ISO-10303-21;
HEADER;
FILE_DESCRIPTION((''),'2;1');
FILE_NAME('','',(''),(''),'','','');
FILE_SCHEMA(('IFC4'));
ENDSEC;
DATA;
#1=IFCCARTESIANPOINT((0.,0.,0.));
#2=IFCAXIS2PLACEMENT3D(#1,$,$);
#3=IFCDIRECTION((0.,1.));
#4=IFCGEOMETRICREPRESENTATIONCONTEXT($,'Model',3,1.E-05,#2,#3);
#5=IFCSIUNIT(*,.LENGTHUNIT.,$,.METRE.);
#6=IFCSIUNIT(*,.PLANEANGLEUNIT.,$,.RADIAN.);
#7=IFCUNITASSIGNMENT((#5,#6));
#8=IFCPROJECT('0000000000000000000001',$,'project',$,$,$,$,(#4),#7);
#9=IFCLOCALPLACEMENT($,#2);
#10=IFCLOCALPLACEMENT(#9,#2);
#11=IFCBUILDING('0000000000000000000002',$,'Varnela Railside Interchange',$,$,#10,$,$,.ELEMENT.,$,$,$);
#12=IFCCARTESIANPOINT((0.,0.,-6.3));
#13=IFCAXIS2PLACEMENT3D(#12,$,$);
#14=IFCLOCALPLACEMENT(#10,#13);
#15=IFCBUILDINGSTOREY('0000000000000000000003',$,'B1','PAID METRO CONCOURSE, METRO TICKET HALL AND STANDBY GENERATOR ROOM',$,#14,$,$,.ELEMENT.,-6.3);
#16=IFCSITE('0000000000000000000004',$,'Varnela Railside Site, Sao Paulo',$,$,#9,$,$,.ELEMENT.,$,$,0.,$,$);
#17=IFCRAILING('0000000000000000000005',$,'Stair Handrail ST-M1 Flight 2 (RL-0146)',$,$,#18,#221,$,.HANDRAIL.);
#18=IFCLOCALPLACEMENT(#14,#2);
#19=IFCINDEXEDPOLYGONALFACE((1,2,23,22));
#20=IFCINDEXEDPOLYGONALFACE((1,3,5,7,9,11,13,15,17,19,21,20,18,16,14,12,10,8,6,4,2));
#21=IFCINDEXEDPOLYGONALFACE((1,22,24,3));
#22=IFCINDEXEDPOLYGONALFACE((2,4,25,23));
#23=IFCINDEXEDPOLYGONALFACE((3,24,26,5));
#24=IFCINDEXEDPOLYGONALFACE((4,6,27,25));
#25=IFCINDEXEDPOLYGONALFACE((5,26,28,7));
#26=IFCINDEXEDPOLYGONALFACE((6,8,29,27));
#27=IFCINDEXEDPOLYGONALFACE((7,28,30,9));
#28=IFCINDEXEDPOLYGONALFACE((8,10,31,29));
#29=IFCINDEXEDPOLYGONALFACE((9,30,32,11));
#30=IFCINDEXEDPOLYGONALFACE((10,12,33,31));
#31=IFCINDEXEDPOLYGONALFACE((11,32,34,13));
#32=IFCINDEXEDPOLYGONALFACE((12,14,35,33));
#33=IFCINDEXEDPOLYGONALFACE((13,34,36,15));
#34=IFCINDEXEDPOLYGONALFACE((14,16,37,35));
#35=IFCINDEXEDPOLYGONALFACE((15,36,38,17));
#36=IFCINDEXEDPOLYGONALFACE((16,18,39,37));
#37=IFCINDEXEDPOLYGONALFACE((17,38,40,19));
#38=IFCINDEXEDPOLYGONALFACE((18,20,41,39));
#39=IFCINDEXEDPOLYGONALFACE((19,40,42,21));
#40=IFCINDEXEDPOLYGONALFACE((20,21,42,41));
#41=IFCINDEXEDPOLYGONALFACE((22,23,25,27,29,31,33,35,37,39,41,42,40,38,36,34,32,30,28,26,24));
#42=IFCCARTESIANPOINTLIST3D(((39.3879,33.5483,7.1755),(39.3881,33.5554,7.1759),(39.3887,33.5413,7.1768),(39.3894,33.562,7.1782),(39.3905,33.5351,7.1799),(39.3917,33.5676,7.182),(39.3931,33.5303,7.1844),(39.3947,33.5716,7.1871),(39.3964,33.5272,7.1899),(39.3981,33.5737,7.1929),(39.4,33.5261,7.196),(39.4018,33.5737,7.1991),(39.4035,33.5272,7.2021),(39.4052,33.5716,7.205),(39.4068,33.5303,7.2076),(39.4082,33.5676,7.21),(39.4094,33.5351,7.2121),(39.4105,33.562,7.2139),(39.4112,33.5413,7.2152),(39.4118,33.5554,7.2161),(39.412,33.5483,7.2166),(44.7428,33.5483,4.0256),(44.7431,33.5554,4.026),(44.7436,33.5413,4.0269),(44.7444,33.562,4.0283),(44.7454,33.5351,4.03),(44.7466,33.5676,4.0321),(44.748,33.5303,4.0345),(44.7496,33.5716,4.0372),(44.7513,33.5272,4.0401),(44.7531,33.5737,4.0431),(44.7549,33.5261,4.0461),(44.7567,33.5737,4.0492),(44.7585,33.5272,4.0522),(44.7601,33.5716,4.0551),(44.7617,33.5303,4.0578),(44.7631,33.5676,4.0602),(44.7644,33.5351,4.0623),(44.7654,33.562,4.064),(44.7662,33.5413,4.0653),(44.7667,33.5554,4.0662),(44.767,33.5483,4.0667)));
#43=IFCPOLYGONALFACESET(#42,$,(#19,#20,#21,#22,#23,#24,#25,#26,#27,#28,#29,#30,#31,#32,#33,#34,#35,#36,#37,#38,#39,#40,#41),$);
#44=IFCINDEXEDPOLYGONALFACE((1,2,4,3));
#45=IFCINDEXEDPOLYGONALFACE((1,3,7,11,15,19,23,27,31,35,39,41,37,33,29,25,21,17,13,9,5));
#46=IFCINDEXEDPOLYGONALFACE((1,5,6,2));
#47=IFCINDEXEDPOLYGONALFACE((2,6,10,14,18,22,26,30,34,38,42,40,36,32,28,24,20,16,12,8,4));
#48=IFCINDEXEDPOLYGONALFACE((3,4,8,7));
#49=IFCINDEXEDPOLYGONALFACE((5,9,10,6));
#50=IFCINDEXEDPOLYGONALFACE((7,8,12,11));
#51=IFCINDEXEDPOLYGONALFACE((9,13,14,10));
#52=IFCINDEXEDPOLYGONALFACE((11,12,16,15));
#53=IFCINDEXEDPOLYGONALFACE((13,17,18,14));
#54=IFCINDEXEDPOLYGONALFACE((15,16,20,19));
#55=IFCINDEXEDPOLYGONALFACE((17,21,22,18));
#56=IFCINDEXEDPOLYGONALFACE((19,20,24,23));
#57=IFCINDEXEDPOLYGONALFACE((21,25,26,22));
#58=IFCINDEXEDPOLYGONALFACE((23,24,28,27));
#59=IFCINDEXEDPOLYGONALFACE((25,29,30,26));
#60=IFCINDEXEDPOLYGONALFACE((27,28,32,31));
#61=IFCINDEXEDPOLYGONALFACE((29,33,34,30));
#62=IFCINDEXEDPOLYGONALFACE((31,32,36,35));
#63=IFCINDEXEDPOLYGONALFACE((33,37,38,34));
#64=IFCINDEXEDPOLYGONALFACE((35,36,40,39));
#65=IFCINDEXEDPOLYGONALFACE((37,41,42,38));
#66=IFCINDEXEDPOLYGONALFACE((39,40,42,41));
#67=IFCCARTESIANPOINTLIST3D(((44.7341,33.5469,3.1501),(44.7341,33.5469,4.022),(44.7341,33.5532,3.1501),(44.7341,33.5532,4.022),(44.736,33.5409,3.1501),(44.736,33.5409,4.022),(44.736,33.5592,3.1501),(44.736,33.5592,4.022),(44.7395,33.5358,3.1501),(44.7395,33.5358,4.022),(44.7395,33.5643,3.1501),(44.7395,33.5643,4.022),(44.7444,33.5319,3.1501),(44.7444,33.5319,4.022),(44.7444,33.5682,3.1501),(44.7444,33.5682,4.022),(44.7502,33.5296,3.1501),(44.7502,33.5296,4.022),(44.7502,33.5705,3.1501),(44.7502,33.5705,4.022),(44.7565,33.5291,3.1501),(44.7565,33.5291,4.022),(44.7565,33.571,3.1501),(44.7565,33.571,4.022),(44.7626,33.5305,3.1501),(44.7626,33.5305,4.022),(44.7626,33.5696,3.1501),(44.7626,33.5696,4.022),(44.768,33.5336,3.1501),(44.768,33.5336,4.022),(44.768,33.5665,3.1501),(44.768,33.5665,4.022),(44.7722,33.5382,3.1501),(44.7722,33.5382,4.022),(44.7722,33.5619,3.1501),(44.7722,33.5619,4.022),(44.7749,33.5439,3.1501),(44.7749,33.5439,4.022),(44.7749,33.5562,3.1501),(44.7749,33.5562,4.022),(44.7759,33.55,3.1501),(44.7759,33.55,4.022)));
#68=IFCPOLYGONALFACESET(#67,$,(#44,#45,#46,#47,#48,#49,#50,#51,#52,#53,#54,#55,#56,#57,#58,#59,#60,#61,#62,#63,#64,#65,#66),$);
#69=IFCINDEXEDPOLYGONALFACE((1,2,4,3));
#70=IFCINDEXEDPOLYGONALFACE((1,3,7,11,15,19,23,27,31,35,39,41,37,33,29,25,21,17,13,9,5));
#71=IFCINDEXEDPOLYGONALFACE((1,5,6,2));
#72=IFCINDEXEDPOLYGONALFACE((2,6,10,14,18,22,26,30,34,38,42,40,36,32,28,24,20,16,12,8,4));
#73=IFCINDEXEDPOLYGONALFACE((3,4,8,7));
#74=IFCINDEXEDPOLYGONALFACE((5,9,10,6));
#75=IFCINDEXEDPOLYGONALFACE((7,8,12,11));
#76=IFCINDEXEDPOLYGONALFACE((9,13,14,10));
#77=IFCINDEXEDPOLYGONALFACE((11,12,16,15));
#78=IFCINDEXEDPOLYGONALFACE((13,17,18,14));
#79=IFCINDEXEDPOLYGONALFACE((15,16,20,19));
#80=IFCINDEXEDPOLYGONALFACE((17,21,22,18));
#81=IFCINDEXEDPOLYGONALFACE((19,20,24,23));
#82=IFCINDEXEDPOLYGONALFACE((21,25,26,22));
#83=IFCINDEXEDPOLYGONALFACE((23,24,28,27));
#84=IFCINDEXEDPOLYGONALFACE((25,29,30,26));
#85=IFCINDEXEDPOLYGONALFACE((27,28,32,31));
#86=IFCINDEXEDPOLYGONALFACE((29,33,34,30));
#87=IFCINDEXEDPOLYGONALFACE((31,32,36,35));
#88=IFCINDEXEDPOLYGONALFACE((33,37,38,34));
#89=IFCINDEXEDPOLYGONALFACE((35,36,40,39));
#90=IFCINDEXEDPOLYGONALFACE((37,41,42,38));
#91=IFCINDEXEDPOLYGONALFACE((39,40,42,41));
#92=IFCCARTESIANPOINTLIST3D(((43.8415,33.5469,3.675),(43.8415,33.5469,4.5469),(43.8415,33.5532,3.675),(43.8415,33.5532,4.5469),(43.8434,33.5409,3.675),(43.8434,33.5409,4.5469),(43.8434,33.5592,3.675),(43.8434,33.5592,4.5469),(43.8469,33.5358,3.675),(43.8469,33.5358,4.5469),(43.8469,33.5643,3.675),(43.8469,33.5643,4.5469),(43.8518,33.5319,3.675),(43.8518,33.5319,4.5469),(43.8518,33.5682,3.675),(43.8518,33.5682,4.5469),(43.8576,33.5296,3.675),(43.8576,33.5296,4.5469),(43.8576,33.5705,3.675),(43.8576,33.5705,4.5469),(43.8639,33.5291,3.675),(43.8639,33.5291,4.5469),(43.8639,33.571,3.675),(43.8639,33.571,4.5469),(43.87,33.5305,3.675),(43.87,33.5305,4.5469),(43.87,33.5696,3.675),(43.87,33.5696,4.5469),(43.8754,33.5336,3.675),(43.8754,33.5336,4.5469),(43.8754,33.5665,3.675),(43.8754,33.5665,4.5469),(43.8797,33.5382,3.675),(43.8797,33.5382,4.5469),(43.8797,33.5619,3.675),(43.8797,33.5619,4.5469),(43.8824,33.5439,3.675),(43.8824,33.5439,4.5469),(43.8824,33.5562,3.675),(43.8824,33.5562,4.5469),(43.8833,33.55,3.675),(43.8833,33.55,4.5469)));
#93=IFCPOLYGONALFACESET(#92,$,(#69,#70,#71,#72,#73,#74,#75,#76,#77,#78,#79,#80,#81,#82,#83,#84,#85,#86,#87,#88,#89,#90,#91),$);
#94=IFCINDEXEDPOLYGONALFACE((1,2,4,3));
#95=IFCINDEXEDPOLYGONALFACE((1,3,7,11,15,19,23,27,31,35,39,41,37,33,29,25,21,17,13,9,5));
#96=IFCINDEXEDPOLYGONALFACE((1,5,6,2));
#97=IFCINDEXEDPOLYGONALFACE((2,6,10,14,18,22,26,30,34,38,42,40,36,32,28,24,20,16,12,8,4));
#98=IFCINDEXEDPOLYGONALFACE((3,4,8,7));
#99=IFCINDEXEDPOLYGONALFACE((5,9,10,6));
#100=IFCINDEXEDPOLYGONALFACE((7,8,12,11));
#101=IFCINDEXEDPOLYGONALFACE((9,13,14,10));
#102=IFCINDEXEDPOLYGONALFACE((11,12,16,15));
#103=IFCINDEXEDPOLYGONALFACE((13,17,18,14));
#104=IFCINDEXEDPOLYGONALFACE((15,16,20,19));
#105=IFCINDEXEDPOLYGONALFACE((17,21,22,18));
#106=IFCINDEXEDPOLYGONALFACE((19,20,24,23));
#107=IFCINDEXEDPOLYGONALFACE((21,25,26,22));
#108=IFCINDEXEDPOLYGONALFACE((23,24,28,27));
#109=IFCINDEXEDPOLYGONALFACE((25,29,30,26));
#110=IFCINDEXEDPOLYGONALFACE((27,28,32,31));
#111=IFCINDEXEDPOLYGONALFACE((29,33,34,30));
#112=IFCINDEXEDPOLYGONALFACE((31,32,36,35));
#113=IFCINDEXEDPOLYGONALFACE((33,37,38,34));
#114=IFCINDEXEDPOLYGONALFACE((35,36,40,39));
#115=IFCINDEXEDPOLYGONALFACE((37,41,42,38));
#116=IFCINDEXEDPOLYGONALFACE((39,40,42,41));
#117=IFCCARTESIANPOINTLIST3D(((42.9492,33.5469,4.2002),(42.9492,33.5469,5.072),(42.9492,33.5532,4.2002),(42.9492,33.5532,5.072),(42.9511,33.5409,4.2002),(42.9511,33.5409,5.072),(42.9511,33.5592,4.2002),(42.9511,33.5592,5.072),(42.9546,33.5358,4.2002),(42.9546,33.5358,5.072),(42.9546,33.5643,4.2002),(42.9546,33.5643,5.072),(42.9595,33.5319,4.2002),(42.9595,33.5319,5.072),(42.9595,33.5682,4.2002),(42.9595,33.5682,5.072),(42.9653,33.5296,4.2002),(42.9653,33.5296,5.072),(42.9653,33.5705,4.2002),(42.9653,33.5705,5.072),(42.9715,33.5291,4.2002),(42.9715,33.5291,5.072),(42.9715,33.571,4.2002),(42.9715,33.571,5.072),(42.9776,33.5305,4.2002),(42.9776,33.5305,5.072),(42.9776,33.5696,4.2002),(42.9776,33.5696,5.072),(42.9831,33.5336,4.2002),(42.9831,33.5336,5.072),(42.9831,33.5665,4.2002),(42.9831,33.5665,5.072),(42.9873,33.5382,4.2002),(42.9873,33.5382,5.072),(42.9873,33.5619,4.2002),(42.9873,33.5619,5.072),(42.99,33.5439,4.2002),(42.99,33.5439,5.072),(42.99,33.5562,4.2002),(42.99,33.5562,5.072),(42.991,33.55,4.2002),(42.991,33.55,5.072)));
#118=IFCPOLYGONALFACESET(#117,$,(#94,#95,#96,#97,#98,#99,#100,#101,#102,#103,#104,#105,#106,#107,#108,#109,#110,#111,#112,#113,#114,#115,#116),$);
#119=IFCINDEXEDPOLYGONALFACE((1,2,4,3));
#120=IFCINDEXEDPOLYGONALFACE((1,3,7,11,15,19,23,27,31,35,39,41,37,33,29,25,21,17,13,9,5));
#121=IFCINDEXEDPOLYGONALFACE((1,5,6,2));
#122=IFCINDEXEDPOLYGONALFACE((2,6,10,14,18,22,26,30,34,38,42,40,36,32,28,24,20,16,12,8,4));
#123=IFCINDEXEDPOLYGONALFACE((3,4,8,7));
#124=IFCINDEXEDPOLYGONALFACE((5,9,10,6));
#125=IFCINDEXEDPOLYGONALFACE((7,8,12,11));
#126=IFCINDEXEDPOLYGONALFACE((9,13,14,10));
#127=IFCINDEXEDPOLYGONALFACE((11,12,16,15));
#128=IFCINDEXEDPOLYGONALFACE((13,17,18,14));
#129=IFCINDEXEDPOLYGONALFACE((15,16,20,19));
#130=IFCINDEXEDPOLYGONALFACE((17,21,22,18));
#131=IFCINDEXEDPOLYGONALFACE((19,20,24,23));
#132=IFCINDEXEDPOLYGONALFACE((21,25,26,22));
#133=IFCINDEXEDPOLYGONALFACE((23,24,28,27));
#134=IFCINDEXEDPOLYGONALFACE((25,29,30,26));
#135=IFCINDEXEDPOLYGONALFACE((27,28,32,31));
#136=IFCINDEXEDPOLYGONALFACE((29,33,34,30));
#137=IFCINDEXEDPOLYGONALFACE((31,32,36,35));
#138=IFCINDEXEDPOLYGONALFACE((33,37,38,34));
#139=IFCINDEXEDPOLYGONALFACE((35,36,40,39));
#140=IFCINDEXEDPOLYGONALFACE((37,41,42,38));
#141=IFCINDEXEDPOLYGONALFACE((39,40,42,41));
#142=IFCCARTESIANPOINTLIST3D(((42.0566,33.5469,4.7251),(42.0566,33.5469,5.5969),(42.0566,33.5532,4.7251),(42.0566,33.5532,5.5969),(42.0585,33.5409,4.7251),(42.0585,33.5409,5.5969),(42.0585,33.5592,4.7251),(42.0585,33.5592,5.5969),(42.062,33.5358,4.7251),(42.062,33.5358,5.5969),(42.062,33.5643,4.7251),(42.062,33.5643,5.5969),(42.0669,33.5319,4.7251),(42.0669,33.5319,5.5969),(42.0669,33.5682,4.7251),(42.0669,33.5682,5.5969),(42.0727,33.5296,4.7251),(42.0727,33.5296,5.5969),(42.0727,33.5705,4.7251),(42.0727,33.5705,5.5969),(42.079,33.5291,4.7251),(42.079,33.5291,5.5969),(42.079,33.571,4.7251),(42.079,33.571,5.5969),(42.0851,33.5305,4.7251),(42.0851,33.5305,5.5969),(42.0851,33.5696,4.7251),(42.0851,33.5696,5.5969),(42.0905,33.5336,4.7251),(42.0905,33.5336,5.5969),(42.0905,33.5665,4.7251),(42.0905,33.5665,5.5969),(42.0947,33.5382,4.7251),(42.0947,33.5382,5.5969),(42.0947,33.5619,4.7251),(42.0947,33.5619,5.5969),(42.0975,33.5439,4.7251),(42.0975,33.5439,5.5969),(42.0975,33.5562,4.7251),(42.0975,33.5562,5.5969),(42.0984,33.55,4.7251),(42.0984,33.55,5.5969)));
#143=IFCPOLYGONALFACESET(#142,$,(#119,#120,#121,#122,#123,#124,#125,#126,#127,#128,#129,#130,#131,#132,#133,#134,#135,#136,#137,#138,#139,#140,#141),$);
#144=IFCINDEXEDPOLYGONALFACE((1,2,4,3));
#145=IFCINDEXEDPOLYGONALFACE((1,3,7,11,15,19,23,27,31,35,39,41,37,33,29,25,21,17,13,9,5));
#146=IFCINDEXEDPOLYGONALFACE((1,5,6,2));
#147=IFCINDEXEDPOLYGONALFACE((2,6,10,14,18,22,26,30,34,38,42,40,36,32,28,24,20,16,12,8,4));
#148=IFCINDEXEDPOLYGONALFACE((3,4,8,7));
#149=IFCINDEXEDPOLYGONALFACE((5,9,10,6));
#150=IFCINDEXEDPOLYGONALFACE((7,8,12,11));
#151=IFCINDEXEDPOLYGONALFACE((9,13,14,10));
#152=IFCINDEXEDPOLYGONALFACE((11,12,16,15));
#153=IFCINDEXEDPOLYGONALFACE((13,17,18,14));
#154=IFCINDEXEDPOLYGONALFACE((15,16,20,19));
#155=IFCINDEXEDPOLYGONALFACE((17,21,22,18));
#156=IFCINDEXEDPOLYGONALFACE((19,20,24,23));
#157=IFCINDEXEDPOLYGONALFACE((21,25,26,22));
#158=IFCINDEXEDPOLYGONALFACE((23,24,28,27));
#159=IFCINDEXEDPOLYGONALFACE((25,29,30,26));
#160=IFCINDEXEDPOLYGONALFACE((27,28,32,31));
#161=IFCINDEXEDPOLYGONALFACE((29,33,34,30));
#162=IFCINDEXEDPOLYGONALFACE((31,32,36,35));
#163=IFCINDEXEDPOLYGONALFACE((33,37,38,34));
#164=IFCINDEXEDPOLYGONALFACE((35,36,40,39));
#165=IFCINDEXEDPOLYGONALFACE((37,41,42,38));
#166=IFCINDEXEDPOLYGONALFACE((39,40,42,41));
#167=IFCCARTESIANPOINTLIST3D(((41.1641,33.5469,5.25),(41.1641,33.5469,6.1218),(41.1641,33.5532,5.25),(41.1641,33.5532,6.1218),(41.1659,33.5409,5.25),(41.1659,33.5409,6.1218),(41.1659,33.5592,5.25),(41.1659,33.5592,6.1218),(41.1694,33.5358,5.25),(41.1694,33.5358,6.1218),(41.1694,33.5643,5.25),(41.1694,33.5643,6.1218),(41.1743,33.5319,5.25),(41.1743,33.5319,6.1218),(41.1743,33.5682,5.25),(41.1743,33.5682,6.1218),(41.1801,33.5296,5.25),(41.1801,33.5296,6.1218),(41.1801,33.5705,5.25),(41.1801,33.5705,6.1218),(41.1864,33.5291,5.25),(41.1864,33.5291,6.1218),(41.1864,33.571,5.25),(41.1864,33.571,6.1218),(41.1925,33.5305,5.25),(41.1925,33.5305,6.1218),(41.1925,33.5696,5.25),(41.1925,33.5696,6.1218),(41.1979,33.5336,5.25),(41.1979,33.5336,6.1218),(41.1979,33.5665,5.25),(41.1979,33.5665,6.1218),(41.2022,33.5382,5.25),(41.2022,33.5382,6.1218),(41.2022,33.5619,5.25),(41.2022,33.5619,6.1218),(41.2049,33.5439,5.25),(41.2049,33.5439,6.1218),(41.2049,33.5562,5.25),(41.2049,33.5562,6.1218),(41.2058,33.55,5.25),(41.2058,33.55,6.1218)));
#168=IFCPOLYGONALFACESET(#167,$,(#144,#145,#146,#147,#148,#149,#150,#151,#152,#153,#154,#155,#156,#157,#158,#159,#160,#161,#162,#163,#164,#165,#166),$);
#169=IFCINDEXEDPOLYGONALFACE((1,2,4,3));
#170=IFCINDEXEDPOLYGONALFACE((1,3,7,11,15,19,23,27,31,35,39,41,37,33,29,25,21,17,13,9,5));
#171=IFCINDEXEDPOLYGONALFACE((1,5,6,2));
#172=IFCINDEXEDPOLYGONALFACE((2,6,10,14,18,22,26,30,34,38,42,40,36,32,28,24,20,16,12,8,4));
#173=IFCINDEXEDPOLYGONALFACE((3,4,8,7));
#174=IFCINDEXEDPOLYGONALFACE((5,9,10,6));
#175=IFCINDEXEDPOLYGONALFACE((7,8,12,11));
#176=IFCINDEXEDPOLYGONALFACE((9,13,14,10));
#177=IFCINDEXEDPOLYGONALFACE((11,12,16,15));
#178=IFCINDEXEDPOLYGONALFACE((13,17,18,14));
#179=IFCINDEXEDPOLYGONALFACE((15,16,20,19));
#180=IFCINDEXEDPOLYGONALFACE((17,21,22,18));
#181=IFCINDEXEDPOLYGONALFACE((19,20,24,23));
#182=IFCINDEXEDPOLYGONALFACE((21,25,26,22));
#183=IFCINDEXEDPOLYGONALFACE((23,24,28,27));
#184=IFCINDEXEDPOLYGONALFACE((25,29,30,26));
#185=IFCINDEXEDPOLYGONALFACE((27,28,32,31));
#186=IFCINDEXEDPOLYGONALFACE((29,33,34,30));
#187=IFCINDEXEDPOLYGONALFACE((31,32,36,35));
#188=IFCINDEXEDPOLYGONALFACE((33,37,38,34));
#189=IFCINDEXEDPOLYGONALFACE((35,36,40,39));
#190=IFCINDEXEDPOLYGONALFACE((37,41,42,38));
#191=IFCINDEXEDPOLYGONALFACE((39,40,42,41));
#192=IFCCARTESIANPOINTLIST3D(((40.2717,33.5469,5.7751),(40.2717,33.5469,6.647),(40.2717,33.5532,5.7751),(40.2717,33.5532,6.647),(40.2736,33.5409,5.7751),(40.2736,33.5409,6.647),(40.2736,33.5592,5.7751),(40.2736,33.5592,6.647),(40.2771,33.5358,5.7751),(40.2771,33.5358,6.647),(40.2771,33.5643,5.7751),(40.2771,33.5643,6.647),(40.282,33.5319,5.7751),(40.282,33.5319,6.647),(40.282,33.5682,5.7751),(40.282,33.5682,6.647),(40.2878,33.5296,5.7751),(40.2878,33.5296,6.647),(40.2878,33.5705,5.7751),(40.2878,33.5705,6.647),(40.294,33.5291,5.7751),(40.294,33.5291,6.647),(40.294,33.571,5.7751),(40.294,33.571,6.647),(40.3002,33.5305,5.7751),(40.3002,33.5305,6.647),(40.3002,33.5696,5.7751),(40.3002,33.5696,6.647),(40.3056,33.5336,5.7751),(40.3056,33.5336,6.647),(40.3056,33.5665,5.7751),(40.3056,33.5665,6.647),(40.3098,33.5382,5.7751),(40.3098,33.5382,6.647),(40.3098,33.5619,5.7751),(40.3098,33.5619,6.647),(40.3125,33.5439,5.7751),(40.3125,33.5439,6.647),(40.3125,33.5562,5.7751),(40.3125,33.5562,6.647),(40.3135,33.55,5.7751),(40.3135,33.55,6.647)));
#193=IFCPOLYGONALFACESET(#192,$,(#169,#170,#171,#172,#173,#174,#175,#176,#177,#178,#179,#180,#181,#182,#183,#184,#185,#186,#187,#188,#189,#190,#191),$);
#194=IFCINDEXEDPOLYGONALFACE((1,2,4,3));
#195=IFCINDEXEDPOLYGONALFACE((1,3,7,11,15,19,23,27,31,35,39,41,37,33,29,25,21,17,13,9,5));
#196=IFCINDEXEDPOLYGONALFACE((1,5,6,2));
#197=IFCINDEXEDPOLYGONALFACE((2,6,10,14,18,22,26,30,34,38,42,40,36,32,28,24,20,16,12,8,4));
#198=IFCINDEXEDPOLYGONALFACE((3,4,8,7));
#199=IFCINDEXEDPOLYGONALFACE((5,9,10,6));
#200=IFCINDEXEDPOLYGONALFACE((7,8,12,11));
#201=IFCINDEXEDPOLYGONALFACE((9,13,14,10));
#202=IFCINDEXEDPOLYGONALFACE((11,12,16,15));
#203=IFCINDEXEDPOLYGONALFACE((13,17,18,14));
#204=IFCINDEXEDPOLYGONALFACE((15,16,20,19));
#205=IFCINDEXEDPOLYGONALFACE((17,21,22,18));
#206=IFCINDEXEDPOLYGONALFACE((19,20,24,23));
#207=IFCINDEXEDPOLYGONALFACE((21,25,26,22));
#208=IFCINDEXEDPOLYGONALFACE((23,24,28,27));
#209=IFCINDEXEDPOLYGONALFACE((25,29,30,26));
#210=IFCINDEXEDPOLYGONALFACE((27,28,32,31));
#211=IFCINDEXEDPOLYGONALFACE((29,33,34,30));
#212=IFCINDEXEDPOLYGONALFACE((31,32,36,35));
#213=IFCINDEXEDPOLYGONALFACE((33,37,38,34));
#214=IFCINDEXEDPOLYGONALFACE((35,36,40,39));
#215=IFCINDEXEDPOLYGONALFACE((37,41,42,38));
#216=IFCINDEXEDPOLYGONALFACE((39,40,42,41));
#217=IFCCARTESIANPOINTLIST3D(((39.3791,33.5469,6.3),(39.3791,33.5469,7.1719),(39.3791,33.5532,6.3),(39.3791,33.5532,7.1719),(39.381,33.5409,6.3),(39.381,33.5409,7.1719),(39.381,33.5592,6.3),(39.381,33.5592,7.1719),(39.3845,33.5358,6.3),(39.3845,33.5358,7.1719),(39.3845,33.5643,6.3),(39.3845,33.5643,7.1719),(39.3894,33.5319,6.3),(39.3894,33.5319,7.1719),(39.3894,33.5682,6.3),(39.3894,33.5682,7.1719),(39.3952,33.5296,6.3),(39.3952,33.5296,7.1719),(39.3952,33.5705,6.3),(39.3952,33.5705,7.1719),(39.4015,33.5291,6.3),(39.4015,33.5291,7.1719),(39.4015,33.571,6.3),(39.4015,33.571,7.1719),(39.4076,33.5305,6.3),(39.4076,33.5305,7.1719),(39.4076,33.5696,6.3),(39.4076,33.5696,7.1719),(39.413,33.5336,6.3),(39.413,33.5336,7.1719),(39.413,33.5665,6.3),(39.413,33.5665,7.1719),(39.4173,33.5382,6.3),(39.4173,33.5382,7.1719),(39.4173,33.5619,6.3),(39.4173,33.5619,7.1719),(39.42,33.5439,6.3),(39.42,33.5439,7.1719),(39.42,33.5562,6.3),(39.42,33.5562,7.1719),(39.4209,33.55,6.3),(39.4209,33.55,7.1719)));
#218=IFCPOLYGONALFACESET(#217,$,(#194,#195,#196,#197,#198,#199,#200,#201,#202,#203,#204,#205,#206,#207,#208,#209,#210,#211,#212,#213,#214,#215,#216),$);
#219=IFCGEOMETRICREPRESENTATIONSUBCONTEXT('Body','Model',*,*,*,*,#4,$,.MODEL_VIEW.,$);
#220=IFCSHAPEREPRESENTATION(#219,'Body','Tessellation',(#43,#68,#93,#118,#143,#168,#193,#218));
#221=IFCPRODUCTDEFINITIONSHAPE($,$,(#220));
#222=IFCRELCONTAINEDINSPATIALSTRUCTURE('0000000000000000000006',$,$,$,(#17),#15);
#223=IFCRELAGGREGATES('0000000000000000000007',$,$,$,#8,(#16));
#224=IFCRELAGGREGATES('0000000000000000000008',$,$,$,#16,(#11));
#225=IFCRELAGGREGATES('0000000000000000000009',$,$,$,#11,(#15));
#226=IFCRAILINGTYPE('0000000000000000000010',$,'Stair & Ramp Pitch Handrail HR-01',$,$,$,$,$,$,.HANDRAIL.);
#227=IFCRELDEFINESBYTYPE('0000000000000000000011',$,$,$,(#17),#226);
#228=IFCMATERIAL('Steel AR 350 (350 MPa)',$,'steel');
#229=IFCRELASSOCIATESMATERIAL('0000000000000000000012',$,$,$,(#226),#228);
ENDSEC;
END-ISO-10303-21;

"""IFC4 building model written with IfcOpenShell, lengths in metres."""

from ifc_helpers import new_model, si_unit, direction, frame, origin, origin_2d, place, context, subcontext, project, spatial, circle, extrude, material, type_object, element, save


model = new_model("IFC4")

# Units and contexts
model_context = context("Model", 3, precision=1e-05, world=origin(), true_north=direction((0.0, 1.0)))
body_context = subcontext(model_context, "Body", "Model", "MODEL_VIEW")
ifc_project = project(units=[si_unit("LENGTHUNIT", "METRE"), si_unit("PLANEANGLEUNIT", "RADIAN")], contexts=[model_context])

# Site, building, storey
site_placement = place(None, origin())
site = spatial("IfcSite", under=ifc_project, at=site_placement, Name="Varnela Railside Site, Sao Paulo", CompositionType="ELEMENT", RefElevation=0.0)
building_placement = place(site_placement, origin())
building = spatial("IfcBuilding", under=site, at=building_placement, Name="Varnela Railside Interchange", CompositionType="ELEMENT")
storey_placement = place(building_placement, frame((0.0, 0.0, -6.3)))
storey = spatial("IfcBuildingStorey", under=building, at=storey_placement, Name="B1", Description="PAID METRO CONCOURSE, METRO TICKET HALL AND STANDBY GENERATOR ROOM", CompositionType="ELEMENT", Elevation=-6.3)

# Shared definitions
ifc_material_1 = material(Name="Steel AR 350 (350 MPa)", Category="steel")

# Railing
railing_type_1 = type_object("IfcRailingType", Name="Stair & Ramp Pitch Handrail HR-01", PredefinedType="HANDRAIL", material=ifc_material_1)
railing_1_placement = place(storey_placement, frame((44.7549, 33.55, 3.1501)))
element("IfcRailing", 1, at=railing_1_placement, inside=storey, type_object=railing_type_1, Name="Stair Handrail ST-M1 Flight 2 (RL-0146)", PredefinedType="HANDRAIL", context=body_context, shape_type="SweptSolid", body=[
    extrude(circle(Radius=0.0239, at=origin_2d()), frame((0.0, 0.0, 0.896), z_axis=(-0.86194, 0.0, 0.50701), x_axis=(0.0, -1.0, 0.0)), (0.0, 0.0, 1.0), 6.2126),
    extrude(circle(Radius=0.021, at=origin_2d()), origin(), (0.0, 0.0, 1.0), 0.8718),
    extrude(circle(Radius=0.021, at=origin_2d()), frame((-0.8926, 0.0, 0.5249)), (0.0, 0.0, 1.0), 0.8718),
    extrude(circle(Radius=0.021, at=origin_2d()), frame((-1.7849, 0.0, 1.05)), (0.0, 0.0, 1.0), 0.8718),
    extrude(circle(Radius=0.021, at=origin_2d()), frame((-2.6775, 0.0, 1.575)), (0.0, 0.0, 1.0), 0.8718),
    extrude(circle(Radius=0.021, at=origin_2d()), frame((-3.5701, 0.0, 2.0999)), (0.0, 0.0, 1.0), 0.8718),
    extrude(circle(Radius=0.021, at=origin_2d()), frame((-4.4624, 0.0, 2.625)), (0.0, 0.0, 1.0), 0.8718),
    extrude(circle(Radius=0.021, at=origin_2d()), frame((-5.355, 0.0, 3.1499)), (0.0, 0.0, 1.0), 0.8718),
])

save(model, "model.ifc")
